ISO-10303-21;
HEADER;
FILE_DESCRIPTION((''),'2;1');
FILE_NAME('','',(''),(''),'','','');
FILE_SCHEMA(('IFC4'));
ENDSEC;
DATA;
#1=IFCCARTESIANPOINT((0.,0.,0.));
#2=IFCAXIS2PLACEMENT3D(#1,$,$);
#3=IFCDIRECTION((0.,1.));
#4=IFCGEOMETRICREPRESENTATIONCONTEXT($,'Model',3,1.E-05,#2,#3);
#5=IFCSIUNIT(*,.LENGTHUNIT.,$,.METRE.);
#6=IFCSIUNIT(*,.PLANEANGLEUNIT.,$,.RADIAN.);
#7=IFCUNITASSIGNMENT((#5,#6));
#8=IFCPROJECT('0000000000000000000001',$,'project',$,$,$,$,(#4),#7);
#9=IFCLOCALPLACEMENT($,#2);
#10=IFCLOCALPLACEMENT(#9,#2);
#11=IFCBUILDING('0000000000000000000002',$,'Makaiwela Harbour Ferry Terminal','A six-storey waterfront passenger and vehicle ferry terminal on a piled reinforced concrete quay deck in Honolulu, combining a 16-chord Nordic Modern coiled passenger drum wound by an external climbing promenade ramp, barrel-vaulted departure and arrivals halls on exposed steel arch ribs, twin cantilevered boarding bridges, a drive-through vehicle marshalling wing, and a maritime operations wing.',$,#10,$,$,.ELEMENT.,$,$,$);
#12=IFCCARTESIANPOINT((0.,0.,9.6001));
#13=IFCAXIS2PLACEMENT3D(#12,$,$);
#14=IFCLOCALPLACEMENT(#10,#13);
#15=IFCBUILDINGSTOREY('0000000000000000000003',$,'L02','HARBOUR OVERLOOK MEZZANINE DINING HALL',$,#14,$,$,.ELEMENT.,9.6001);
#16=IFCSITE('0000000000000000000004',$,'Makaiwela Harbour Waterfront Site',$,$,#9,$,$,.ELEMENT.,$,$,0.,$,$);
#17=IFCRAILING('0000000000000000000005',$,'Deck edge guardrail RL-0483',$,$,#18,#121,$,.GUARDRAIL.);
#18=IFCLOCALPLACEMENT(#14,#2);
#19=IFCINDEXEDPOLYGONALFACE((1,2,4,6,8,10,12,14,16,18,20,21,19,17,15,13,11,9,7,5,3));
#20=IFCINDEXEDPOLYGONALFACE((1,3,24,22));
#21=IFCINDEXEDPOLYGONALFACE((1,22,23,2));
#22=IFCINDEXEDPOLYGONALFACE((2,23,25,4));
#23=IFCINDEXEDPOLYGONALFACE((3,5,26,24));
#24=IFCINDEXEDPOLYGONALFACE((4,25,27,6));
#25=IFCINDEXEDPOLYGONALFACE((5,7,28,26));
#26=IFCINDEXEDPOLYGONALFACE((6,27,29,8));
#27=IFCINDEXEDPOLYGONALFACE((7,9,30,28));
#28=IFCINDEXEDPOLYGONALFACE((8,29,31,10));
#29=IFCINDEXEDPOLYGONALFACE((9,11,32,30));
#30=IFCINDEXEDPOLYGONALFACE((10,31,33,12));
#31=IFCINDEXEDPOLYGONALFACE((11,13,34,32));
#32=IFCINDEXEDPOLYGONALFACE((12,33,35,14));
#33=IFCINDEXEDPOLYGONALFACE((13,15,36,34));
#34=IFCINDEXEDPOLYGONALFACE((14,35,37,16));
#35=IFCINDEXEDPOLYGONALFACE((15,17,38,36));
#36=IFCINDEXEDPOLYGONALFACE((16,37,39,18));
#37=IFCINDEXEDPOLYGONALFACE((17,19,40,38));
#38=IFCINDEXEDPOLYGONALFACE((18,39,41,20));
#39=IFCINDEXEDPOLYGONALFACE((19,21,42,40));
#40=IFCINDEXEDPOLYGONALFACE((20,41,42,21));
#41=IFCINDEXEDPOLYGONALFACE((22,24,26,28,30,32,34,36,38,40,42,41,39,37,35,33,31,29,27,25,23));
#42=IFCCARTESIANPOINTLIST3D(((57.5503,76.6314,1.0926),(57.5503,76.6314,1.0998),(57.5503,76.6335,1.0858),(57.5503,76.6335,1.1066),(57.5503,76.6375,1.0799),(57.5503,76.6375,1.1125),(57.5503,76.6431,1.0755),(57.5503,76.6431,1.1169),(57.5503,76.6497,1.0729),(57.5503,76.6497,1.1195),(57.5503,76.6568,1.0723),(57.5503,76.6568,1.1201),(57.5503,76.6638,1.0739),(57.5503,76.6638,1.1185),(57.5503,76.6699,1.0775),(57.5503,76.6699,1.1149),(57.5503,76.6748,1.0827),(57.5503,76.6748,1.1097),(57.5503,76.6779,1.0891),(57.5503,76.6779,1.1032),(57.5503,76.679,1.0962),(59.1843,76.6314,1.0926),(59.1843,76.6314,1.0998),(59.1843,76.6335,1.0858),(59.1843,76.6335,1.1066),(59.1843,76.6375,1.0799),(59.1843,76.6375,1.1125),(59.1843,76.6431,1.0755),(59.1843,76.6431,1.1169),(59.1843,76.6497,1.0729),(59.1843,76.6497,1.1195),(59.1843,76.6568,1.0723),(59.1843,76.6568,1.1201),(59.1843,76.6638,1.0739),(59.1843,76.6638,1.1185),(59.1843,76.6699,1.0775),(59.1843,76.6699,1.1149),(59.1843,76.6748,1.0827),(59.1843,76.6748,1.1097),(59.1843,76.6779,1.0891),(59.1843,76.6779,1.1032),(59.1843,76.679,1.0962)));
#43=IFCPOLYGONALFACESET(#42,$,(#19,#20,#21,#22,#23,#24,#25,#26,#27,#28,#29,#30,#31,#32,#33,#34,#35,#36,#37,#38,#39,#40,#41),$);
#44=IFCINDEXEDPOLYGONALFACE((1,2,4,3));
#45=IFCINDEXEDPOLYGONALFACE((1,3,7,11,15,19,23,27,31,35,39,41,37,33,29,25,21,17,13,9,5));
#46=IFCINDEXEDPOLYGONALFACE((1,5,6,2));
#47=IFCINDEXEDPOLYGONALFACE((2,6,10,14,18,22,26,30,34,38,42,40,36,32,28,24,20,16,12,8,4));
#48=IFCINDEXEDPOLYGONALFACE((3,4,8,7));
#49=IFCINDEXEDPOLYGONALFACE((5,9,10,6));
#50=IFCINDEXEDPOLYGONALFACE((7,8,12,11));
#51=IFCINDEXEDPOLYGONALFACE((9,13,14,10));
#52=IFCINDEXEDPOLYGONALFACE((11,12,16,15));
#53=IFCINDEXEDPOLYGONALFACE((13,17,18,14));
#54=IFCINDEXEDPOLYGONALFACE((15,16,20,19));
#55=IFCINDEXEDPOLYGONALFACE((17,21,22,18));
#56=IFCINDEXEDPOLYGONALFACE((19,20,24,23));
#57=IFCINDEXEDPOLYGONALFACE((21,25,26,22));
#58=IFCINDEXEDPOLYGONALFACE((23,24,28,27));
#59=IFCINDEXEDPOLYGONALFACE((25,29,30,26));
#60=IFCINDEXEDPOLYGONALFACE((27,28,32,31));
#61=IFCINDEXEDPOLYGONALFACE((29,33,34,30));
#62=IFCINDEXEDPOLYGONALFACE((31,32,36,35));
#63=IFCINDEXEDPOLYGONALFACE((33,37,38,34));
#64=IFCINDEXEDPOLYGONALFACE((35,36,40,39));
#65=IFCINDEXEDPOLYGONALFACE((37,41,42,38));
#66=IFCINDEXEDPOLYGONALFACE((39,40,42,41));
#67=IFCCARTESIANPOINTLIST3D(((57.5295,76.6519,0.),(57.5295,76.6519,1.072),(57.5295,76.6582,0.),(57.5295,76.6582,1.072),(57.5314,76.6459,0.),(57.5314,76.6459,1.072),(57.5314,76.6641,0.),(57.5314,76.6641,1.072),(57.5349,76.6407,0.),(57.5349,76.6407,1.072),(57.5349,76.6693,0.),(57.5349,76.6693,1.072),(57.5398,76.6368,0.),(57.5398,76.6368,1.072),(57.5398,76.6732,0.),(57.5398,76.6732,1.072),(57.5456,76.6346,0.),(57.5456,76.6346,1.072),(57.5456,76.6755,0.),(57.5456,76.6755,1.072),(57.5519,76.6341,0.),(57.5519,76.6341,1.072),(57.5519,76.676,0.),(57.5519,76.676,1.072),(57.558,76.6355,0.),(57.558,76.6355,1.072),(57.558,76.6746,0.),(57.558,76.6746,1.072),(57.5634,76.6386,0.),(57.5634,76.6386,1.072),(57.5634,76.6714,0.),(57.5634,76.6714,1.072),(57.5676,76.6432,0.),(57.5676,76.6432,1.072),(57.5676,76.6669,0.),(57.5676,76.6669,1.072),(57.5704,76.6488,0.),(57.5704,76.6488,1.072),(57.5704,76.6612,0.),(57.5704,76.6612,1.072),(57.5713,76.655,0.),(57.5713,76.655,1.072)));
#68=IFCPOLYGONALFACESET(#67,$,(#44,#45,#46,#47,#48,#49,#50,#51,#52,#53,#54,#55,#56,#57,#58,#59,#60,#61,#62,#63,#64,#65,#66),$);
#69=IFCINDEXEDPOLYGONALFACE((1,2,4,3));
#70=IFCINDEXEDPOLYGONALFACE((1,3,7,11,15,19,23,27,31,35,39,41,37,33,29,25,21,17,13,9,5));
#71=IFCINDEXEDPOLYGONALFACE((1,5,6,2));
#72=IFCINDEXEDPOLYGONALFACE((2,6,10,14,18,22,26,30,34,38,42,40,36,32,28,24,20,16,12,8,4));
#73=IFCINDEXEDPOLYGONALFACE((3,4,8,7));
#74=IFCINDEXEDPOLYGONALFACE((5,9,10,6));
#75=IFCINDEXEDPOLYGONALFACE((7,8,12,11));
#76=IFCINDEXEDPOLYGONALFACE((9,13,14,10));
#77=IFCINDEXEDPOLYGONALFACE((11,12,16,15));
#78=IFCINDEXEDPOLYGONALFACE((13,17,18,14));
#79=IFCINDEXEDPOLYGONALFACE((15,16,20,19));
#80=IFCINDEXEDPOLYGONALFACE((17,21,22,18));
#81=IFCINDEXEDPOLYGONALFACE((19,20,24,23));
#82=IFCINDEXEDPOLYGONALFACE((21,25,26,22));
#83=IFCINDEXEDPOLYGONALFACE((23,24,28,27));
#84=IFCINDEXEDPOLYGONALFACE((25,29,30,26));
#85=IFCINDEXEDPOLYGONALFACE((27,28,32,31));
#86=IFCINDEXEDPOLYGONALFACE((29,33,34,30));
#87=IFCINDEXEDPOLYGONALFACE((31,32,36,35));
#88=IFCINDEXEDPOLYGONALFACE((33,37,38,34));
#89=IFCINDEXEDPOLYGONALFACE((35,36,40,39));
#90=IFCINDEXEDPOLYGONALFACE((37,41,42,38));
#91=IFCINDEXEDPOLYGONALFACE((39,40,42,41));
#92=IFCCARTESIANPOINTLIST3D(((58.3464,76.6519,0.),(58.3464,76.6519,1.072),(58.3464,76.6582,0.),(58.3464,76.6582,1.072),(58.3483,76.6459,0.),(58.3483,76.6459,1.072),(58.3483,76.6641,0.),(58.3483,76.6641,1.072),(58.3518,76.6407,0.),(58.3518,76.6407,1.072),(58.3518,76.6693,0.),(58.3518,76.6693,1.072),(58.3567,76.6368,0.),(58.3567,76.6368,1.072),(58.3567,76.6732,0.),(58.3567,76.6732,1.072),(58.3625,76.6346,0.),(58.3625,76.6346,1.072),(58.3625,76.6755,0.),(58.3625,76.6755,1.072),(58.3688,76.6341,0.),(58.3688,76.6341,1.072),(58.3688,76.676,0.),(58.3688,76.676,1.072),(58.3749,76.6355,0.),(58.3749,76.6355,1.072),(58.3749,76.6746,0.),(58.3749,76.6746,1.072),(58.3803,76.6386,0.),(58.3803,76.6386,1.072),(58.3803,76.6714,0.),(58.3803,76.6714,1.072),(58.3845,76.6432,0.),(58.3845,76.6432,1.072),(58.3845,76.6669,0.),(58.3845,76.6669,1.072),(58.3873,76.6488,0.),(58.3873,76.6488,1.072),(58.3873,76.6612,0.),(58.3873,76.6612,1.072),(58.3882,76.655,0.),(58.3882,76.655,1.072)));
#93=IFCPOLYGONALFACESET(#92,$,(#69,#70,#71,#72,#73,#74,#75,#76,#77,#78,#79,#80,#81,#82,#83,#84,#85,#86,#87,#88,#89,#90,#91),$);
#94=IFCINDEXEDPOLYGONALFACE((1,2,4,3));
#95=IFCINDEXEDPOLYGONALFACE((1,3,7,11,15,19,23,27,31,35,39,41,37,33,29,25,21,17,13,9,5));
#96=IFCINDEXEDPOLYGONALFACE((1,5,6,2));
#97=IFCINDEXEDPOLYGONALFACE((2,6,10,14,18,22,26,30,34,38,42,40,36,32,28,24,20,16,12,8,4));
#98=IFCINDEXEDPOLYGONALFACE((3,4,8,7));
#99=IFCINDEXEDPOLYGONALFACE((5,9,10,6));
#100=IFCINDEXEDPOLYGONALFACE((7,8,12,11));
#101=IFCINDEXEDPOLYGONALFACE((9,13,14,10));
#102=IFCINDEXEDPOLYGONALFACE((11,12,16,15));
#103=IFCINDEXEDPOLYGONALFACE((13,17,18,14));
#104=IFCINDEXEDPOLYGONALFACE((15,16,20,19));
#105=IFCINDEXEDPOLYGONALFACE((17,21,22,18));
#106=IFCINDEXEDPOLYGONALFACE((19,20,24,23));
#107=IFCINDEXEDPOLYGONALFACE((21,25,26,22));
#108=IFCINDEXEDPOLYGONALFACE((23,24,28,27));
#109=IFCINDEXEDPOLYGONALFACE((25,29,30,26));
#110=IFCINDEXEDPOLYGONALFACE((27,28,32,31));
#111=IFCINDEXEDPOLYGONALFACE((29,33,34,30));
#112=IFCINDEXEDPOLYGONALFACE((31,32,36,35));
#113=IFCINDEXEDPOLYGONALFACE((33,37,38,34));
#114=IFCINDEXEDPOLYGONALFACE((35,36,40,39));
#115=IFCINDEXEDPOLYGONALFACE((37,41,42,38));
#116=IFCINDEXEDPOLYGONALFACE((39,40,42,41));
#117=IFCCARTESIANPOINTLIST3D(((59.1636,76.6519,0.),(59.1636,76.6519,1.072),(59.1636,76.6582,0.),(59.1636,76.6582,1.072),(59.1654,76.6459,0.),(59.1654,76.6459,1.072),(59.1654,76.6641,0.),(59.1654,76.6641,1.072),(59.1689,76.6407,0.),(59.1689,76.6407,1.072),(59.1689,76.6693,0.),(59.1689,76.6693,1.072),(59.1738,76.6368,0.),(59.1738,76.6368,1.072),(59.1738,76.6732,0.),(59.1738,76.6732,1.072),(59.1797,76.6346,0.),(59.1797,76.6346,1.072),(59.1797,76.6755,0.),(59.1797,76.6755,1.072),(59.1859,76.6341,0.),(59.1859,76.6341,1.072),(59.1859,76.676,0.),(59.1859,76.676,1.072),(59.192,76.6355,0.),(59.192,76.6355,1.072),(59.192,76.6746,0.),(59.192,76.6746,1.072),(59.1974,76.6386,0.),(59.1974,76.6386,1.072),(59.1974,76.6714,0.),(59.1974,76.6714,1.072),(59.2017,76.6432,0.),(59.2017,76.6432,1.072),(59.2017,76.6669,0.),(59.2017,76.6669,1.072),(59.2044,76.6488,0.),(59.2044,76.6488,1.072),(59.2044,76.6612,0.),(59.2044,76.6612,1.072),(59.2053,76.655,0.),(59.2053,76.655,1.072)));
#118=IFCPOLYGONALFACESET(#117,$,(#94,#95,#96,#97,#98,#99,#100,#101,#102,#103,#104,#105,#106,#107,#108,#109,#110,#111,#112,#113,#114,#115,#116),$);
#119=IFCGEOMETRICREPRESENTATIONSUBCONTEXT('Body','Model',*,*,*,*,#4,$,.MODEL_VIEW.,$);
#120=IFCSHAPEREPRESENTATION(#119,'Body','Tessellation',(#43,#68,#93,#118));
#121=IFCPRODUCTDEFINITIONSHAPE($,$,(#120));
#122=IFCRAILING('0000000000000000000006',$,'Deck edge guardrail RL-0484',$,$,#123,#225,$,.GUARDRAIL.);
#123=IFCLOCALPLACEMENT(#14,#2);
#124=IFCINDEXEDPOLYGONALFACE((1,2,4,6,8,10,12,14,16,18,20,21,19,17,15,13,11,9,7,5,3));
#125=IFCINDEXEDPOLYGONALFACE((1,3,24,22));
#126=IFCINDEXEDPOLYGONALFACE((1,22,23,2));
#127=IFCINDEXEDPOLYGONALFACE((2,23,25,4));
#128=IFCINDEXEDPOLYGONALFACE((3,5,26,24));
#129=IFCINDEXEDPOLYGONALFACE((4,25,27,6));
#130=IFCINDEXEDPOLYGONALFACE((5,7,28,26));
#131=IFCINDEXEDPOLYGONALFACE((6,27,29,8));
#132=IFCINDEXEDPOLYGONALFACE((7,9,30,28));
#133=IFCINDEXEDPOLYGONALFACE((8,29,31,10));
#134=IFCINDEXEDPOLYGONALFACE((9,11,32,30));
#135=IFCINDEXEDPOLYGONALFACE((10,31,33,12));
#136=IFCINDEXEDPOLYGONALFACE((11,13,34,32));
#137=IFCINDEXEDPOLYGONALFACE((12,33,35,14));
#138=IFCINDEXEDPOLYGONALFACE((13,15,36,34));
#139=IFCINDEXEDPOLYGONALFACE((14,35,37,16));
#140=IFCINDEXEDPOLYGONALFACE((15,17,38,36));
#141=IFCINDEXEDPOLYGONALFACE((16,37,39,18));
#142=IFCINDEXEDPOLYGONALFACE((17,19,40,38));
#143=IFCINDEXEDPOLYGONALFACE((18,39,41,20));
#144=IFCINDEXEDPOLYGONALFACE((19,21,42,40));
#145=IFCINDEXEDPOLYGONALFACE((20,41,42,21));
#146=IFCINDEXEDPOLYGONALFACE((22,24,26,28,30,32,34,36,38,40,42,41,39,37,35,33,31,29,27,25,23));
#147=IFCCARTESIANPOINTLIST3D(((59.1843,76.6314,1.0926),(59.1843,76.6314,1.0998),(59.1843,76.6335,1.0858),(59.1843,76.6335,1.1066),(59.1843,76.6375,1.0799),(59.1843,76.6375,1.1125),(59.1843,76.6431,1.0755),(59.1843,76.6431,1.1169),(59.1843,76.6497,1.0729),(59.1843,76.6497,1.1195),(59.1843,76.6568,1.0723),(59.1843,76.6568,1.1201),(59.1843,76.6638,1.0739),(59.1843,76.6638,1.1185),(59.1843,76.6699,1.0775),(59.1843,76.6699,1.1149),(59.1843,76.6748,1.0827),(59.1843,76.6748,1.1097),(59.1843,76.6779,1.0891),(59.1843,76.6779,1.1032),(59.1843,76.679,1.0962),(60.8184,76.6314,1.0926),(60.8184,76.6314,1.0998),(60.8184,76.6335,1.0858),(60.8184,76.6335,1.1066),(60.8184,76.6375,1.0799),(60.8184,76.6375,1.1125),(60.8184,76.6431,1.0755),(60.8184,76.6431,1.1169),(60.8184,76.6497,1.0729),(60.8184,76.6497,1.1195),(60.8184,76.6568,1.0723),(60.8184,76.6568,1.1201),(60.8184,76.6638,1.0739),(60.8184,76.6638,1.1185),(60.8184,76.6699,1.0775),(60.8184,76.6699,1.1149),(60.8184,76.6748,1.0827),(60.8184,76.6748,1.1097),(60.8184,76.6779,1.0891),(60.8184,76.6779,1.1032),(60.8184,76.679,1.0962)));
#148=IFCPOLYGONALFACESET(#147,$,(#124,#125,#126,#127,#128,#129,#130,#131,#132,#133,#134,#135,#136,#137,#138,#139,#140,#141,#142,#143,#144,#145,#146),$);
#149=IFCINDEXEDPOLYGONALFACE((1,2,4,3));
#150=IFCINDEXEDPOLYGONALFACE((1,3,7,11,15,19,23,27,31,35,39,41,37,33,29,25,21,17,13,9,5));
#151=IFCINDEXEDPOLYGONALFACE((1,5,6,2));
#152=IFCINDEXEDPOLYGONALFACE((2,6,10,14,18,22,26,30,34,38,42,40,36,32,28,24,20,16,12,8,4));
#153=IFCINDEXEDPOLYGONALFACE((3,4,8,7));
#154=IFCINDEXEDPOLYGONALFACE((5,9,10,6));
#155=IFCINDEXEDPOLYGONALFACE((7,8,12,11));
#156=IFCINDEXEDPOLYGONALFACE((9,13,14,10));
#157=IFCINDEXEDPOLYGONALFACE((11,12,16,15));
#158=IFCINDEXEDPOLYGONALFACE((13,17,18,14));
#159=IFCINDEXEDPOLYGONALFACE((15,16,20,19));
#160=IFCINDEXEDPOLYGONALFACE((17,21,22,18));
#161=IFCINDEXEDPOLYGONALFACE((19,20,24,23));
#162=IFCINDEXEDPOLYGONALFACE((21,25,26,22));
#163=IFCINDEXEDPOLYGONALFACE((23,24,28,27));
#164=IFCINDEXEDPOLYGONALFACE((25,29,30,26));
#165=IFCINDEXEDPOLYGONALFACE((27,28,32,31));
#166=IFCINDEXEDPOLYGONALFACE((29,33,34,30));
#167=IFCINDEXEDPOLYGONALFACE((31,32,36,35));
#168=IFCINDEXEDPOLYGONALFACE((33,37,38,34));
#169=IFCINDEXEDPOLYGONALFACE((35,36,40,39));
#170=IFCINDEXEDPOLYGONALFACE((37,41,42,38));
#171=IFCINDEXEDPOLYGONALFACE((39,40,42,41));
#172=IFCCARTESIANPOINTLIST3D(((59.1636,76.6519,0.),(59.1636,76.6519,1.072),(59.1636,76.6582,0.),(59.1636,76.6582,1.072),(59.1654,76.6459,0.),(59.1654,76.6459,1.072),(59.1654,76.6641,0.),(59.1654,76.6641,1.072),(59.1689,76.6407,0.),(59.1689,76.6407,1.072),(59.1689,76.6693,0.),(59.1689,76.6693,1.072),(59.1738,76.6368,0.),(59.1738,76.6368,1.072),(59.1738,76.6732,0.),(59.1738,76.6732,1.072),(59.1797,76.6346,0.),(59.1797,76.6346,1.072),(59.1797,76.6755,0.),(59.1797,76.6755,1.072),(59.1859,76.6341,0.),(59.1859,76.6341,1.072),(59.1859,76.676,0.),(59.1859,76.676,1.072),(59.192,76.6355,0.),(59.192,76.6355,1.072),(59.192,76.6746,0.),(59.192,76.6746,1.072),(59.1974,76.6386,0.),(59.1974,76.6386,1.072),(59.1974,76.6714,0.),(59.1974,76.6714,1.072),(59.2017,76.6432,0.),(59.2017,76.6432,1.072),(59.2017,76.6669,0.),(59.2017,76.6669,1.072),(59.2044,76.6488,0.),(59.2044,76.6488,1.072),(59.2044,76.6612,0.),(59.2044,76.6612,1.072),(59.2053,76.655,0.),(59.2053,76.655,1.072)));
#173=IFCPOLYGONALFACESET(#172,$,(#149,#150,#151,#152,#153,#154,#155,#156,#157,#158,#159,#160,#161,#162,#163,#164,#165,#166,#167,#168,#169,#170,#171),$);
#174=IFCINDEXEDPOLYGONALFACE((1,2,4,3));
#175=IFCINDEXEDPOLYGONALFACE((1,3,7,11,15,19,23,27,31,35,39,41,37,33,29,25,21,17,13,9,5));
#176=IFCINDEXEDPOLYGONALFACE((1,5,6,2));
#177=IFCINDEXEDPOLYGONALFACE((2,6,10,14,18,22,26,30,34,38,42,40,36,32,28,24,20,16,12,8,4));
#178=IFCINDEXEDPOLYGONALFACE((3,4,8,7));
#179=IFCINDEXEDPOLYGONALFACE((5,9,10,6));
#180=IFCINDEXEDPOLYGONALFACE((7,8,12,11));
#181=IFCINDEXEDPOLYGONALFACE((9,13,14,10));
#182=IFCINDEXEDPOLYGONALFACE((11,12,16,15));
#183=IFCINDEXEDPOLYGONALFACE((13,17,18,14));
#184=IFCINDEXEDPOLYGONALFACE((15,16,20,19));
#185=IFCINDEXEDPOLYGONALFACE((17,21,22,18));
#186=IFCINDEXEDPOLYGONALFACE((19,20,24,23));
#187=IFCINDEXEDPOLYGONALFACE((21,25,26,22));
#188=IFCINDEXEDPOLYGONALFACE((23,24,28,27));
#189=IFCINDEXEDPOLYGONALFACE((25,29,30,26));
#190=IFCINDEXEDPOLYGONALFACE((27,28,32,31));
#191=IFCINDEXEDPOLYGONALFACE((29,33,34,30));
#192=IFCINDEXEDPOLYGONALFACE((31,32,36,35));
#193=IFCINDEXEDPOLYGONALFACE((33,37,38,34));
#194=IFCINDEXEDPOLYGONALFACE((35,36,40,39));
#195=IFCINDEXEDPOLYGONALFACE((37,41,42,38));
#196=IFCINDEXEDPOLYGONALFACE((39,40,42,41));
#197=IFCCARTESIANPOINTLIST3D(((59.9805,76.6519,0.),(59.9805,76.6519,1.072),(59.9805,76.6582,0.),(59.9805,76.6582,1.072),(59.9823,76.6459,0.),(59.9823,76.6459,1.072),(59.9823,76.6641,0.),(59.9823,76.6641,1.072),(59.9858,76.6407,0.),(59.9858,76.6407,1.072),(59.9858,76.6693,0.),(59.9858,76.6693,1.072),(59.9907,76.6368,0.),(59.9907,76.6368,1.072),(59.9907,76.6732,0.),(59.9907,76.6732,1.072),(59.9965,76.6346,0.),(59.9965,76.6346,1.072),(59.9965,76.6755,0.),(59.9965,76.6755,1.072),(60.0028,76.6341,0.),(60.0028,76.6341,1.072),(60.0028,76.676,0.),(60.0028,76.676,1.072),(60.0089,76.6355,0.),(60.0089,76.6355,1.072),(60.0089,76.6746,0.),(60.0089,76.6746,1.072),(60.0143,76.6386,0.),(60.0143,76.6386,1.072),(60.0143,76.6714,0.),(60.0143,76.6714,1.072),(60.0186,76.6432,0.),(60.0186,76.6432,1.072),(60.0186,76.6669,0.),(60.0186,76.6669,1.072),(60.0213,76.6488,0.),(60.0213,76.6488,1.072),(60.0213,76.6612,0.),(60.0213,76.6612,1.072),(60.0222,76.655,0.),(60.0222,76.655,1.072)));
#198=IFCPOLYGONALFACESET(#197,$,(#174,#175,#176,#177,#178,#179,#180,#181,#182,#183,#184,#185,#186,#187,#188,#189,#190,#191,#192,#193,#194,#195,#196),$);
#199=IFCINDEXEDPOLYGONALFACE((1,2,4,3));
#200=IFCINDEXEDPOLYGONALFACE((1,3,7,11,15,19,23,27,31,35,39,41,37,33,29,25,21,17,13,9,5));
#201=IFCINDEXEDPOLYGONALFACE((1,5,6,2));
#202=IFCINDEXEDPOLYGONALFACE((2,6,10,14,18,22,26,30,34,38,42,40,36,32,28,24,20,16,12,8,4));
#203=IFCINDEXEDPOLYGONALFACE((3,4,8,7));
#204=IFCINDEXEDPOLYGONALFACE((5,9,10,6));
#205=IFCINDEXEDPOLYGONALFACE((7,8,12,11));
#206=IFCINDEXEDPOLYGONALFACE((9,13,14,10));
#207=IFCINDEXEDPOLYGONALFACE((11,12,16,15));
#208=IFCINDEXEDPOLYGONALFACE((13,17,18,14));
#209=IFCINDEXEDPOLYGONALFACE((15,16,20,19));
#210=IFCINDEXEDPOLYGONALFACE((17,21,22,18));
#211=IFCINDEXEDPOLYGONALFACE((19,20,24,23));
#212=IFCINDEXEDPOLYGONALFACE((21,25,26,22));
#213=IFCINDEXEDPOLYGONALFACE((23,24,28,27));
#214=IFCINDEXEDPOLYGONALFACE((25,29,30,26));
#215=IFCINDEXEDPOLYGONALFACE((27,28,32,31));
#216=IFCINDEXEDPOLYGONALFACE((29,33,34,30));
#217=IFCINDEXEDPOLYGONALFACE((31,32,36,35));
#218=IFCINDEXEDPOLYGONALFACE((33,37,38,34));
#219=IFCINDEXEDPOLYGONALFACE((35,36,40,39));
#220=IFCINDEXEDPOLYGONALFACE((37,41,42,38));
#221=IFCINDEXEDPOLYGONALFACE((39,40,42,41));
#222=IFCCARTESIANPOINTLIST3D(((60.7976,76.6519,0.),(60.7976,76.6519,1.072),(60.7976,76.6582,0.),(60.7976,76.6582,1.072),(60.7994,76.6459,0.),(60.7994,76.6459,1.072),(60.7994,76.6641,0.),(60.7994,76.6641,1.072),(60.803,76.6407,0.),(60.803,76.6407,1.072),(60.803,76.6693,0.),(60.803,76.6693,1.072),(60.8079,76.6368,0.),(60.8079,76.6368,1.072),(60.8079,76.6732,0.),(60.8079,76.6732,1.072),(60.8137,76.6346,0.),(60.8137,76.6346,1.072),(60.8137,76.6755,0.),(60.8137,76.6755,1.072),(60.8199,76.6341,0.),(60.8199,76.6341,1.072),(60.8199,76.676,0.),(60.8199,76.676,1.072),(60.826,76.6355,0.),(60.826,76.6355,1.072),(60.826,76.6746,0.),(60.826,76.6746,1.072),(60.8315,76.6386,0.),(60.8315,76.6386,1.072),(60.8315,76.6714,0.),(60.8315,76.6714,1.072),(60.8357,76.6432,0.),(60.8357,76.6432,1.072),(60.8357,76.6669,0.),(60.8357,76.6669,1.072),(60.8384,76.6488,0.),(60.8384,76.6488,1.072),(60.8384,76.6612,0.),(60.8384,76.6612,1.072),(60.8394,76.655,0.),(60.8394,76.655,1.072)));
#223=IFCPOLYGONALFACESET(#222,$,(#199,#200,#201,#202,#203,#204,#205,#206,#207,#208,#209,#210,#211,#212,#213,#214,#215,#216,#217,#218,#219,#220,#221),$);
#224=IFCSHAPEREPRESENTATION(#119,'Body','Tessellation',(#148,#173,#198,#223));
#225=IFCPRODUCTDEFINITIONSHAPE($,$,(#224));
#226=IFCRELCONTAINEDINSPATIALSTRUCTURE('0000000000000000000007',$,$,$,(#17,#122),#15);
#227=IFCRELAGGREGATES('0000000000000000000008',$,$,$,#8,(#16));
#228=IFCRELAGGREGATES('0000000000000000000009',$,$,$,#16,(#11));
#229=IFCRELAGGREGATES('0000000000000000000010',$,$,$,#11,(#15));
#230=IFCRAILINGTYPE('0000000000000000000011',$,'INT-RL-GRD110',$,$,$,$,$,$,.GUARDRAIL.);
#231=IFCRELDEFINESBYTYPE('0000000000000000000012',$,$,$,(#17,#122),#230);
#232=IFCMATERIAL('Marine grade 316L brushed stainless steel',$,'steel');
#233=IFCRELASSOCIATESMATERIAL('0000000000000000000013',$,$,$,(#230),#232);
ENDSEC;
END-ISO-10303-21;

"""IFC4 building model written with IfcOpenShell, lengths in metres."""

from ifc_helpers import new_model, si_unit, direction, frame, origin, origin_2d, place, context, subcontext, project, spatial, circle, extrude, material, type_object, element, save


model = new_model("IFC4")

# Units and contexts
model_context = context("Model", 3, precision=1e-05, world=origin(), true_north=direction((0.0, 1.0)))
body_context = subcontext(model_context, "Body", "Model", "MODEL_VIEW")
ifc_project = project(units=[si_unit("LENGTHUNIT", "METRE"), si_unit("PLANEANGLEUNIT", "RADIAN")], contexts=[model_context])

# Site, building, storey
site_placement = place(None, origin())
site = spatial("IfcSite", under=ifc_project, at=site_placement, Name="Makaiwela Harbour Waterfront Site", CompositionType="ELEMENT", RefElevation=0.0)
building_placement = place(site_placement, origin())
building = spatial("IfcBuilding", under=site, at=building_placement, Name="Makaiwela Harbour Ferry Terminal", Description="A six-storey waterfront passenger and vehicle ferry terminal on a piled reinforced concrete quay deck in Honolulu, combining a 16-chord Nordic Modern coiled passenger drum wound by an external climbing promenade ramp, barrel-vaulted departure and arrivals halls on exposed steel arch ribs, twin cantilevered boarding bridges, a drive-through vehicle marshalling wing, and a maritime operations wing.", CompositionType="ELEMENT")
storey_placement = place(building_placement, frame((0.0, 0.0, 9.6001)))
storey = spatial("IfcBuildingStorey", under=building, at=storey_placement, Name="L02", Description="HARBOUR OVERLOOK MEZZANINE DINING HALL", CompositionType="ELEMENT", Elevation=9.6001)

# Railings
ifc_material_1 = material(Name="Marine grade 316L brushed stainless steel", Category="steel")
railing_type = type_object("IfcRailingType", Name="INT-RL-GRD110", PredefinedType="GUARDRAIL", material=ifc_material_1)
for number, where, name in (
    (1, (57.5503, 76.655, 0.0), "Deck edge guardrail RL-0483"),
    (2, (59.1843, 76.655, 0.0), "Deck edge guardrail RL-0484"),
):
    element("IfcRailing", number, at=place(storey_placement, frame(where)), inside=storey, type_object=railing_type, Name=name, PredefinedType="GUARDRAIL", context=body_context, shape_type="SweptSolid", body=[
        extrude(circle(Radius=0.0239, at=origin_2d()), frame((0.0, 0.0, 1.0962), z_axis=(1.0, 0.0, 0.0), x_axis=(0.0, 1.0, 0.0)), (0.0, 0.0, 1.0), 1.634),
        extrude(circle(Radius=0.021, at=origin_2d()), origin(), (0.0, 0.0, 1.0), 1.072),
        extrude(circle(Radius=0.021, at=origin_2d()), frame((0.8169, 0.0, 0.0)), (0.0, 0.0, 1.0), 1.072),
        extrude(circle(Radius=0.021, at=origin_2d()), frame((1.634, 0.0, 0.0)), (0.0, 0.0, 1.0), 1.072),
    ])

save(model, "model.ifc")
